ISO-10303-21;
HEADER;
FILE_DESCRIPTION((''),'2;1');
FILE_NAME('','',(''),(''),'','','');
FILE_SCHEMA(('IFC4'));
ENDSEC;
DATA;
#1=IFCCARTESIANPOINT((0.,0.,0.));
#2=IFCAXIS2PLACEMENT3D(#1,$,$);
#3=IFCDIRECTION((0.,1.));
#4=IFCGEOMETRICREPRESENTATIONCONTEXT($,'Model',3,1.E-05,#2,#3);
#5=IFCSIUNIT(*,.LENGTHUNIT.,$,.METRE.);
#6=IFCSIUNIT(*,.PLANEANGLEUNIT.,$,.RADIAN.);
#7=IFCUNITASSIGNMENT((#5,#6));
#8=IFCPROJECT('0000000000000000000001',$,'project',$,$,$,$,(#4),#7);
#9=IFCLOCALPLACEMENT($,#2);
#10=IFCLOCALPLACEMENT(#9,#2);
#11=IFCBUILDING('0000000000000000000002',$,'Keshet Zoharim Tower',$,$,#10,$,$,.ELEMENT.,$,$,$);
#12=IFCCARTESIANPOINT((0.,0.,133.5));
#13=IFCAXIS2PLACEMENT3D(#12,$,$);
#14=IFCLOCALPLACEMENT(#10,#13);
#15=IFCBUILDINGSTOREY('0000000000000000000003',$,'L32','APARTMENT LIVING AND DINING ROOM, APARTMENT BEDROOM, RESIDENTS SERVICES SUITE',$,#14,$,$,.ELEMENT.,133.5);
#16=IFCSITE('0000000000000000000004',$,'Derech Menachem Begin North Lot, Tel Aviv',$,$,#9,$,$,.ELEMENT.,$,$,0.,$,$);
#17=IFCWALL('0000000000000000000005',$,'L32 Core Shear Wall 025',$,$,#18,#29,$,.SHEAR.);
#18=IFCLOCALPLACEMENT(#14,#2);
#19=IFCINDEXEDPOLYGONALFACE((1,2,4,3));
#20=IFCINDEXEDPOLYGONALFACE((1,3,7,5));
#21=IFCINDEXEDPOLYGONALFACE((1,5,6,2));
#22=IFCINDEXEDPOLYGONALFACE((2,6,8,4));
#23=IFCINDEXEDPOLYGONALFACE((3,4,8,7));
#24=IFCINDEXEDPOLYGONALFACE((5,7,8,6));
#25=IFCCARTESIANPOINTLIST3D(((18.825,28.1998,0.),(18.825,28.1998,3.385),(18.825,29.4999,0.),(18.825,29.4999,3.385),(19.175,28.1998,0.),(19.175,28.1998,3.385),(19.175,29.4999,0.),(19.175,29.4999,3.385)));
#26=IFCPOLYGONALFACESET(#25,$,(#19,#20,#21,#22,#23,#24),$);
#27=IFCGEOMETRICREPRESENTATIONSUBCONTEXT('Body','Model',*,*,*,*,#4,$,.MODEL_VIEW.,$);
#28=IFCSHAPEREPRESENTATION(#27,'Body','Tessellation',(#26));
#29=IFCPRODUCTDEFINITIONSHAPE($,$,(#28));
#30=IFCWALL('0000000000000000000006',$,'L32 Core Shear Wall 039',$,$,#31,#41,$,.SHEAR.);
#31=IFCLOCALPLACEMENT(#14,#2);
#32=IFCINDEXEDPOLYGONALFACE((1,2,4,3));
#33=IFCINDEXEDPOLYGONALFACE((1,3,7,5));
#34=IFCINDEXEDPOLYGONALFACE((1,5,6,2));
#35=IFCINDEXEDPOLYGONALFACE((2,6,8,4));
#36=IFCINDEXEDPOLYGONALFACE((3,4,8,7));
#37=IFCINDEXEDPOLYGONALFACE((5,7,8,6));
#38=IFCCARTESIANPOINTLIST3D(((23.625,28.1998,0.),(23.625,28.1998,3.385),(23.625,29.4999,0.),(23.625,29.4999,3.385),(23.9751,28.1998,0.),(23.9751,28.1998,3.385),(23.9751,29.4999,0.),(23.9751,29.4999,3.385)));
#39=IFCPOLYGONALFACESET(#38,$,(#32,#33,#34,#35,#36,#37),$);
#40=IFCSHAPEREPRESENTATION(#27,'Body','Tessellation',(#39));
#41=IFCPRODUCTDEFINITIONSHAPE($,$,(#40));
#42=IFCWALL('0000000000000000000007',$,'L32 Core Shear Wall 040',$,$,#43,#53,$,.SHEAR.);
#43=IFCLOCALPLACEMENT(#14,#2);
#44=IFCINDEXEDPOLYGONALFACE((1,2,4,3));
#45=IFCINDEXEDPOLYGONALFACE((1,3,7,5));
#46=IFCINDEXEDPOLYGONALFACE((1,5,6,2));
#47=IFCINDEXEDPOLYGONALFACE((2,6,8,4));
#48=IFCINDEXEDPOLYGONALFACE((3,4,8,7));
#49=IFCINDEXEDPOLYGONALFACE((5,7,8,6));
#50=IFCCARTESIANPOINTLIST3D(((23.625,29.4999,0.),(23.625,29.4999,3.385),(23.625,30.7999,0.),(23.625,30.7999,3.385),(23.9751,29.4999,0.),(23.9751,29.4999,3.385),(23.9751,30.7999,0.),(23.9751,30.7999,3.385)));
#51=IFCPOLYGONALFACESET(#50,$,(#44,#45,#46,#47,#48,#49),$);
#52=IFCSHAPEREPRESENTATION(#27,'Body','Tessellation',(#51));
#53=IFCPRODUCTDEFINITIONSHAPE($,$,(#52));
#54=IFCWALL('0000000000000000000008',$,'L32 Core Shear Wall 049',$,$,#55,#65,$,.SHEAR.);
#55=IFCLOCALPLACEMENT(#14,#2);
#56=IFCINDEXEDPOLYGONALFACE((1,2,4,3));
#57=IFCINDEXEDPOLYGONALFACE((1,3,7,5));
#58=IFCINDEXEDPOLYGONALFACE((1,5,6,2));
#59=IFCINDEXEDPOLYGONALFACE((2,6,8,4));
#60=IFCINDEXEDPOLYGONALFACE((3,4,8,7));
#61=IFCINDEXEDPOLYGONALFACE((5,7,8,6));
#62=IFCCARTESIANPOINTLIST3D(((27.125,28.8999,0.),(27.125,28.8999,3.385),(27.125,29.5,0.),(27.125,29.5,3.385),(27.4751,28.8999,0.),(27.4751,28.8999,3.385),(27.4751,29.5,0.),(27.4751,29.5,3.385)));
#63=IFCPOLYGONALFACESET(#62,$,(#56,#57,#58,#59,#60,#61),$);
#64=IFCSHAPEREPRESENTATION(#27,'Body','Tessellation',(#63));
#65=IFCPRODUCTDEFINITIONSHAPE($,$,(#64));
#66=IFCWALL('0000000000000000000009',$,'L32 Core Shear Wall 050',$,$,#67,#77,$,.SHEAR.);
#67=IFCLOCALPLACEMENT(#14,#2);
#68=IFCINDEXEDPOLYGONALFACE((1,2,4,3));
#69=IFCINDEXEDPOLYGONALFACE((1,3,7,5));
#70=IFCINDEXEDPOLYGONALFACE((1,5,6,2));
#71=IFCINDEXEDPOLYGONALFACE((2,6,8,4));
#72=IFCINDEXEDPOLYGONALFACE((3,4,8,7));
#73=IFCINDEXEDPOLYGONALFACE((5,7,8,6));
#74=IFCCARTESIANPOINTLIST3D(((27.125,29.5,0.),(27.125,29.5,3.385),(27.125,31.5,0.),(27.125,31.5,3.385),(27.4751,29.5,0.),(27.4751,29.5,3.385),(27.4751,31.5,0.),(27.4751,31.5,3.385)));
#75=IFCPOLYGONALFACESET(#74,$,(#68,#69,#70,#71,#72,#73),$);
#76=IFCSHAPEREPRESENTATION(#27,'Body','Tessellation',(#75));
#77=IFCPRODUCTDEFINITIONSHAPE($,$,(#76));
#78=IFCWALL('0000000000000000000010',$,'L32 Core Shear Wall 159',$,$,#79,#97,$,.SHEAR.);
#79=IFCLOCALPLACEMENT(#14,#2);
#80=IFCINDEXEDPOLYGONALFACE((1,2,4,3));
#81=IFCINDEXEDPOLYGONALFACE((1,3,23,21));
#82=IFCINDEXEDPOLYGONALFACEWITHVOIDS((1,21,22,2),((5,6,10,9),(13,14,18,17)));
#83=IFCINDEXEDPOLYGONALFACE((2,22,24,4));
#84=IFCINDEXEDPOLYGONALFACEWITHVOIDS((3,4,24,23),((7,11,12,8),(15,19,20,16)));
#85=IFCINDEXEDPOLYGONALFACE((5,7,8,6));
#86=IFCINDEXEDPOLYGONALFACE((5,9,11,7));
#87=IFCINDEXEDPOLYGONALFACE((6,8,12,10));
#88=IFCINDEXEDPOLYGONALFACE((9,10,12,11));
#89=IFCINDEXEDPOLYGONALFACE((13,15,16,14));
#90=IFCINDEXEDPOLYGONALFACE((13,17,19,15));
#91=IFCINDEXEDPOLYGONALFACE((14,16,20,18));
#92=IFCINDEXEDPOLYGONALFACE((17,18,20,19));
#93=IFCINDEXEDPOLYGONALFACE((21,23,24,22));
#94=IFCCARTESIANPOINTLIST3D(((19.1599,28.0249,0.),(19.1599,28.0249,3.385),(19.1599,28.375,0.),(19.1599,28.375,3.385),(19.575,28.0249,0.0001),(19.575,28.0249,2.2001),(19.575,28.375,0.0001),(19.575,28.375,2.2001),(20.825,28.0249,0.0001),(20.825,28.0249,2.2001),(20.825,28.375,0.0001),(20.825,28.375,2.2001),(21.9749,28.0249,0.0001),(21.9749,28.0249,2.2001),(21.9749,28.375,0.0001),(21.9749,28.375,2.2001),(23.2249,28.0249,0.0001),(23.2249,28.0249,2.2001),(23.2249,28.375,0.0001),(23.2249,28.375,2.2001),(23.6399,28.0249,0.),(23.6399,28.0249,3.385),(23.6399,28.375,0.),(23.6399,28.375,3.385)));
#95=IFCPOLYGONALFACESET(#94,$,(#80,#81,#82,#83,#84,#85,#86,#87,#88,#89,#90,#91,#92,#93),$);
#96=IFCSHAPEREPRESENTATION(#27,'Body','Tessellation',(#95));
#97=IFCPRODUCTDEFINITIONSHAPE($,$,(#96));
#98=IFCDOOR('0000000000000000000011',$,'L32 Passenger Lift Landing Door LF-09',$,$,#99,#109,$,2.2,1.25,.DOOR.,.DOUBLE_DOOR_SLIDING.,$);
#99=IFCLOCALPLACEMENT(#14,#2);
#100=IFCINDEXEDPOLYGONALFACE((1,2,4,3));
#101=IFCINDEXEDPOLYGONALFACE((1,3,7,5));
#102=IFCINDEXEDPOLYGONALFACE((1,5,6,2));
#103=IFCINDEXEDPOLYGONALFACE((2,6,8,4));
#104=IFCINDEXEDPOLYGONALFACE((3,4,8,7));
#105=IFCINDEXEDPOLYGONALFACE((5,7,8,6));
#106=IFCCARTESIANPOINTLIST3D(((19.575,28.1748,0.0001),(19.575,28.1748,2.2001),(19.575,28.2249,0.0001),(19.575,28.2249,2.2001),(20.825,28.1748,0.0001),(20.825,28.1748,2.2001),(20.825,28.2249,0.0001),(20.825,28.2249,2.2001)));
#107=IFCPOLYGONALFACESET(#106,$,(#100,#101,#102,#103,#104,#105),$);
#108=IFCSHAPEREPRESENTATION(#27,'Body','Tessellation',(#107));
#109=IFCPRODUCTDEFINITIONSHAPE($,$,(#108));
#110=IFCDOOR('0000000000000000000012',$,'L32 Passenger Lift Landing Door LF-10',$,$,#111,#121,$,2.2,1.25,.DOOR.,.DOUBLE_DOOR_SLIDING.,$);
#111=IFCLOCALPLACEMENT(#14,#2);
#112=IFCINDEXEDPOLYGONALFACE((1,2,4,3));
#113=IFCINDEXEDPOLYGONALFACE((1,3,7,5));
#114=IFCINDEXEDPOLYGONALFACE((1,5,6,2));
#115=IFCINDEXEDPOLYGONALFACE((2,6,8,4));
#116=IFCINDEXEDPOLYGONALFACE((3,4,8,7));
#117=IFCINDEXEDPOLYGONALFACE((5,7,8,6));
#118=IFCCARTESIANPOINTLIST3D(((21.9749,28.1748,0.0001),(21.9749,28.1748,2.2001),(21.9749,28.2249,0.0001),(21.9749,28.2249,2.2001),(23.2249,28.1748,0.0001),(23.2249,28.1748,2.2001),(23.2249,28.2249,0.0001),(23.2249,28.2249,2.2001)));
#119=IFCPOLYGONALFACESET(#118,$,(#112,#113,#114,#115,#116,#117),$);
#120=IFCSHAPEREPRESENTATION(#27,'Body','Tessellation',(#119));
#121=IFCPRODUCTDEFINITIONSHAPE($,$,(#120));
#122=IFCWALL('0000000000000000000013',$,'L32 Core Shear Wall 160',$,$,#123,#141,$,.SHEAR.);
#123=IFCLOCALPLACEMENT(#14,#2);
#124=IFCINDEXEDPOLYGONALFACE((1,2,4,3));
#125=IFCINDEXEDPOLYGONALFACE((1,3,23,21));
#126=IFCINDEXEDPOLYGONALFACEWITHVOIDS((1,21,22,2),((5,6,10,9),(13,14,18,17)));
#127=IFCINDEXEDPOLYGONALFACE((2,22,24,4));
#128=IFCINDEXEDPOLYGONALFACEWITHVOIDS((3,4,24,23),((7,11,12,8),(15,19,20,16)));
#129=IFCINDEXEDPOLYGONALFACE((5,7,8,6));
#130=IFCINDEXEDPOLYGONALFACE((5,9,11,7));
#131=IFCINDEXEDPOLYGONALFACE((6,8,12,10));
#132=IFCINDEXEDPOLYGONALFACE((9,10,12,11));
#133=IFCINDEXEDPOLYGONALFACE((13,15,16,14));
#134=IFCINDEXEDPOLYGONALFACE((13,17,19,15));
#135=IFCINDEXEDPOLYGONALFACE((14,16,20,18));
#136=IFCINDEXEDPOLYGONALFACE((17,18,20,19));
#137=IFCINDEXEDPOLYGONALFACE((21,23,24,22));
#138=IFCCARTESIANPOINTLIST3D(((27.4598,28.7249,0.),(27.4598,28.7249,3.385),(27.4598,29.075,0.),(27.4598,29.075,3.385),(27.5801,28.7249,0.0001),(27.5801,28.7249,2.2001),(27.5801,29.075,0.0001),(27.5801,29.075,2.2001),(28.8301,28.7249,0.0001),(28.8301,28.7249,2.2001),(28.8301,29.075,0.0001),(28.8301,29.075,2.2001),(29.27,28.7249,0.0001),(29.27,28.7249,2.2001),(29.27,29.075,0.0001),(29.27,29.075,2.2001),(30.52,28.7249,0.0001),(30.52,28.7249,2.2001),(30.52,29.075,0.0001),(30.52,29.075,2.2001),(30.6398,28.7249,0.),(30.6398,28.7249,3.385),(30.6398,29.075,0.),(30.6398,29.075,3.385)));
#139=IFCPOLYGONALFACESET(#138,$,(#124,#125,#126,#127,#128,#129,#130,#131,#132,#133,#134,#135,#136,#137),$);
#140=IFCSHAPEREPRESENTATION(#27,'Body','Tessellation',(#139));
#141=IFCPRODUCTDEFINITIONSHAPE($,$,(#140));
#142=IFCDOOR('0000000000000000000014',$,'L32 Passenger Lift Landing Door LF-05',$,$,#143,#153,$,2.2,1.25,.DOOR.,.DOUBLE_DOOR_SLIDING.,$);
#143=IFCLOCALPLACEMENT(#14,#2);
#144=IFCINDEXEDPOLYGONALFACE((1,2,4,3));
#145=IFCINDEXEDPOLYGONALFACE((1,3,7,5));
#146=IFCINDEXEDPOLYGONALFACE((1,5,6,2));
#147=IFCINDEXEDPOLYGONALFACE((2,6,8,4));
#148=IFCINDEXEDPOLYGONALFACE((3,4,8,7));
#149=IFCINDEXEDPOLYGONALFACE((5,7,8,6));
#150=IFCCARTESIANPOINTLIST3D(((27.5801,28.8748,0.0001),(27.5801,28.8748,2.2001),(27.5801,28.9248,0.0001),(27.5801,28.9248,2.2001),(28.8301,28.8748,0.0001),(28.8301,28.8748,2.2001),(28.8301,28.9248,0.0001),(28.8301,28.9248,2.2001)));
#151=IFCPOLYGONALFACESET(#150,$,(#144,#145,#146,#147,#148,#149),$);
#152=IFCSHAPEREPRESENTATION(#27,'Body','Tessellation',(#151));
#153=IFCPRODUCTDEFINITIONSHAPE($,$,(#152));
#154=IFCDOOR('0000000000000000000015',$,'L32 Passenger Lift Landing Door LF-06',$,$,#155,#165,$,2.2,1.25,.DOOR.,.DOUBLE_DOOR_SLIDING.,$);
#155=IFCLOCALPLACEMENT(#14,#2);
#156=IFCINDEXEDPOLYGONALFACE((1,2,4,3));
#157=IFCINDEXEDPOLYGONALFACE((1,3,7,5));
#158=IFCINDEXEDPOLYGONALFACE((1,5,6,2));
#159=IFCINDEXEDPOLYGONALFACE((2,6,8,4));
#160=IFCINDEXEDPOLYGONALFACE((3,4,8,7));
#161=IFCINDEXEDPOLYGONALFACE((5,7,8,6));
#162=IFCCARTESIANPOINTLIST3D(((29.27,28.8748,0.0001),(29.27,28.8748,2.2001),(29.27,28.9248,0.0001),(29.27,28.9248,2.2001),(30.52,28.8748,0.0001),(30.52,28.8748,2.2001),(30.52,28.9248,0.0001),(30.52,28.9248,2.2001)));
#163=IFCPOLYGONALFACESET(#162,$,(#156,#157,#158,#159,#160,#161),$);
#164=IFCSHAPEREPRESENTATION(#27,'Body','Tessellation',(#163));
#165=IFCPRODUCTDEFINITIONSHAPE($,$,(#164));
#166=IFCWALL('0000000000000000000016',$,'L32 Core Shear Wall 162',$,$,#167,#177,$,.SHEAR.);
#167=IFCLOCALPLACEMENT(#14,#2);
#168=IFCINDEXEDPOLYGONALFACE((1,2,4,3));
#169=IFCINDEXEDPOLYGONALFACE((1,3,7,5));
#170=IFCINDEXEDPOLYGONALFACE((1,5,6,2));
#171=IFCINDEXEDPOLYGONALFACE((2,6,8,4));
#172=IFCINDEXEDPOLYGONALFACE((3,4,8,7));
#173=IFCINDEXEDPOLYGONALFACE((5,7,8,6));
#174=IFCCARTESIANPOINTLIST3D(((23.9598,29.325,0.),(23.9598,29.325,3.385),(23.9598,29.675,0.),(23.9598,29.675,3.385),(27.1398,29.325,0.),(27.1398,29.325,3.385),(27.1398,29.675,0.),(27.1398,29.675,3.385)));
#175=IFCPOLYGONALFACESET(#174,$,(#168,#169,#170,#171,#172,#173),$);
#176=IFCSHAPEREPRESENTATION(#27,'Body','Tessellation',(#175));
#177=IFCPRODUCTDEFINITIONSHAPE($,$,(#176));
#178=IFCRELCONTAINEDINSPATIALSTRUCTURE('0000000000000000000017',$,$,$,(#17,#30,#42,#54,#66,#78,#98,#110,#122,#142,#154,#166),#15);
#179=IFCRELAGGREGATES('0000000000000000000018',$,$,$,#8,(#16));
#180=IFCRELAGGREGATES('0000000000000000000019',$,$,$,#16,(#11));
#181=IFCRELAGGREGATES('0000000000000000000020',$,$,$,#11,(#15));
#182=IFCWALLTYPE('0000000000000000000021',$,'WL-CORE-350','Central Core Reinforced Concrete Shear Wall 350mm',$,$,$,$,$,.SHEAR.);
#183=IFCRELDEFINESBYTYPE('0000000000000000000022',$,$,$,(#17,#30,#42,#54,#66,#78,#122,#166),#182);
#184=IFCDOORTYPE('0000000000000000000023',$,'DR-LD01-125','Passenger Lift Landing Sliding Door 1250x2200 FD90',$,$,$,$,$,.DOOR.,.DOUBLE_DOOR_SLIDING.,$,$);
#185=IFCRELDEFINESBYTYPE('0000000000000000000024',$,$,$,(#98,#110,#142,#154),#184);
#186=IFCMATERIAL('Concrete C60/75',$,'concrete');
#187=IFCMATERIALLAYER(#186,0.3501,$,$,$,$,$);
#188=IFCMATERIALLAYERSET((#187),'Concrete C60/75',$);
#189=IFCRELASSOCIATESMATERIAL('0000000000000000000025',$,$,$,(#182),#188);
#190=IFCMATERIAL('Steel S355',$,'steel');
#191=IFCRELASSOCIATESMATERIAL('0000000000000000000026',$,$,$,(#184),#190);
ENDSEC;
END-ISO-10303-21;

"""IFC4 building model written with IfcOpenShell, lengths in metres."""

from ifc_helpers import new_model, si_unit, direction, frame, frame_2d, origin, place, context, subcontext, project, spatial, rectangle, extrude, material, layer, layer_set, type_object, element, fill, save


model = new_model("IFC4")

# Units and contexts
model_context = context("Model", 3, precision=1e-05, world=origin(), true_north=direction((0.0, 1.0)))
body_context = subcontext(model_context, "Body", "Model", "MODEL_VIEW")
ifc_project = project(units=[si_unit("LENGTHUNIT", "METRE"), si_unit("PLANEANGLEUNIT", "RADIAN")], contexts=[model_context])

# Site, building, storey
site_placement = place(None, origin())
site = spatial("IfcSite", under=ifc_project, at=site_placement, Name="Derech Menachem Begin North Lot, Tel Aviv", CompositionType="ELEMENT", RefElevation=0.0)
building_placement = place(site_placement, origin())
building = spatial("IfcBuilding", under=site, at=building_placement, Name="Keshet Zoharim Tower", CompositionType="ELEMENT")
storey_placement = place(building_placement, frame((0.0, 0.0, 133.5)))
storey = spatial("IfcBuildingStorey", under=building, at=storey_placement, Name="L32", Description="APARTMENT LIVING AND DINING ROOM, APARTMENT BEDROOM, RESIDENTS SERVICES SUITE", CompositionType="ELEMENT", Elevation=133.5)

# Wall
ifc_material_1 = material(Name="Concrete C60/75", Category="concrete")
ifc_layer_1 = layer(ifc_material_1, 0.3501)
ifc_layer_set_1 = layer_set([ifc_layer_1], Name="Concrete C60/75")
wall_type_1 = type_object("IfcWallType", Name="WL-CORE-350", Description="Central Core Reinforced Concrete Shear Wall 350mm", PredefinedType="SHEAR", material=ifc_layer_set_1)
wall_1_placement = place(storey_placement, frame((19.0, 28.2, 0.0), z_axis=(0.0, 0.0, 1.0), x_axis=(0.0, 1.0, 0.0)))
element("IfcWall", 1, at=wall_1_placement, inside=storey, type_object=wall_type_1, Name="L32 Core Shear Wall 025", PredefinedType="SHEAR", context=body_context, shape_type="SweptSolid", body=[
    extrude(rectangle(XDim=1.3, YDim=0.3501, at=frame_2d((0.6499, 0.0))), origin(), (0.0, 0.0, 1.0), 3.385),
])

# Walls
for number, where, z_axis, x_axis, name in (
    (2, (23.8, 28.2, 0.0), (0.0, 0.0, 1.0), (0.0, 1.0, 0.0), "L32 Core Shear Wall 039"),
    (3, (23.8, 29.5, 0.0), (0.0, 0.0, 1.0), (0.0, 1.0, 0.0), "L32 Core Shear Wall 040"),
):
    element("IfcWall", number, at=place(storey_placement, frame(where, z_axis=z_axis, x_axis=x_axis)), inside=storey, type_object=wall_type_1, Name=name, PredefinedType="SHEAR", context=body_context, shape_type="SweptSolid", body=[
        extrude(rectangle(XDim=1.3, YDim=0.3501, at=frame_2d((0.6499, 0.0))), origin(), (0.0, 0.0, 1.0), 3.385),
    ])
wall_2_placement = place(storey_placement, frame((27.3, 28.8999, 0.0), z_axis=(0.0, 0.0, 1.0), x_axis=(0.0, 1.0, 0.0)))
element("IfcWall", 4, at=wall_2_placement, inside=storey, type_object=wall_type_1, Name="L32 Core Shear Wall 049", PredefinedType="SHEAR", context=body_context, shape_type="SweptSolid", body=[
    extrude(rectangle(XDim=0.6001, YDim=0.3501, at=frame_2d((0.3, 0.0))), origin(), (0.0, 0.0, 1.0), 3.385),
])
wall_3_placement = place(storey_placement, frame((27.3, 29.5, 0.0), z_axis=(0.0, 0.0, 1.0), x_axis=(0.0, 1.0, 0.0)))
element("IfcWall", 5, at=wall_3_placement, inside=storey, type_object=wall_type_1, Name="L32 Core Shear Wall 050", PredefinedType="SHEAR", context=body_context, shape_type="SweptSolid", body=[
    extrude(rectangle(XDim=2.0, YDim=0.3501, at=frame_2d((1.0, 0.0))), origin(), (0.0, 0.0, 1.0), 3.385),
])

# Walls, openings, doors
wall_4_placement = place(storey_placement, frame((19.1599, 28.2, 0.0), z_axis=(0.0, 0.0, 1.0), x_axis=(1.0, 0.0, 0.0)))
wall_4 = element("IfcWall", 6, at=wall_4_placement, inside=storey, type_object=wall_type_1, Name="L32 Core Shear Wall 159", PredefinedType="SHEAR", context=body_context, shape_type="SweptSolid", body=[
    extrude(rectangle(XDim=4.48, YDim=0.3501, at=frame_2d((2.24, 0.0))), origin(), (0.0, 0.0, 1.0), 3.385),
])
opening_1_placement = place(wall_4_placement, frame((0.415, 0.0, 0.0)))
opening_1 = element("IfcOpeningElement", 7, at=opening_1_placement, cuts=wall_4, PredefinedType="OPENING", context=body_context, shape_type="SweptSolid", body=[
    extrude(rectangle(XDim=1.25, YDim=2.2, at=frame_2d((0.625, 1.1001))), frame((0.0, 0.1851, 0.0), z_axis=(0.0, -1.0, 0.0), x_axis=(1.0, 0.0, 0.0)), (0.0, 0.0, 1.0), 0.3701),
])
opening_2_placement = place(wall_4_placement, frame((2.8149, 0.0, 0.0)))
opening_2 = element("IfcOpeningElement", 8, at=opening_2_placement, cuts=wall_4, PredefinedType="OPENING", context=body_context, shape_type="SweptSolid", body=[
    extrude(rectangle(XDim=1.25, YDim=2.2, at=frame_2d((0.625, 1.1001))), frame((0.0, 0.1851, 0.0), z_axis=(0.0, -1.0, 0.0), x_axis=(1.0, 0.0, 0.0)), (0.0, 0.0, 1.0), 0.3701),
])
ifc_material_2 = material(Name="Steel S355", Category="steel")
door_type_1 = type_object("IfcDoorType", Name="DR-LD01-125", Description="Passenger Lift Landing Sliding Door 1250x2200 FD90", OperationType="DOUBLE_DOOR_SLIDING", PredefinedType="DOOR", material=ifc_material_2)
door_1_placement = place(opening_1_placement, origin())
door_1 = element("IfcDoor", 9, at=door_1_placement, inside=storey, type_object=door_type_1, Name="L32 Passenger Lift Landing Door LF-09", OperationType="DOUBLE_DOOR_SLIDING", OverallHeight=2.2, OverallWidth=1.25, PredefinedType="DOOR", context=body_context, shape_type="SweptSolid", body=[
    extrude(rectangle(XDim=1.25, YDim=2.2, at=frame_2d((0.625, 1.1001))), frame((0.0, 0.0249, 0.0), z_axis=(0.0, -1.0, 0.0), x_axis=(1.0, 0.0, 0.0)), (0.0, 0.0, 1.0), 0.05),
])
fill(opening_1, door_1)
door_2_placement = place(opening_2_placement, origin())
door_2 = element("IfcDoor", 10, at=door_2_placement, inside=storey, type_object=door_type_1, Name="L32 Passenger Lift Landing Door LF-10", OperationType="DOUBLE_DOOR_SLIDING", OverallHeight=2.2, OverallWidth=1.25, PredefinedType="DOOR", context=body_context, shape_type="SweptSolid", body=[
    extrude(rectangle(XDim=1.25, YDim=2.2, at=frame_2d((0.625, 1.1001))), frame((0.0, 0.0249, 0.0), z_axis=(0.0, -1.0, 0.0), x_axis=(1.0, 0.0, 0.0)), (0.0, 0.0, 1.0), 0.05),
])
fill(opening_2, door_2)
wall_5_placement = place(storey_placement, frame((27.46, 28.8999, 0.0), z_axis=(0.0, 0.0, 1.0), x_axis=(1.0, 0.0, 0.0)))
wall_5 = element("IfcWall", 11, at=wall_5_placement, inside=storey, type_object=wall_type_1, Name="L32 Core Shear Wall 160", PredefinedType="SHEAR", context=body_context, shape_type="SweptSolid", body=[
    extrude(rectangle(XDim=3.1799, YDim=0.3501, at=frame_2d((1.5898, 0.0))), origin(), (0.0, 0.0, 1.0), 3.385),
])
opening_3_placement = place(wall_5_placement, frame((0.1201, 0.0, 0.0)))
opening_3 = element("IfcOpeningElement", 12, at=opening_3_placement, cuts=wall_5, PredefinedType="OPENING", context=body_context, shape_type="SweptSolid", body=[
    extrude(rectangle(XDim=1.25, YDim=2.2, at=frame_2d((0.625, 1.1001))), frame((0.0, 0.1851, 0.0), z_axis=(0.0, -1.0, 0.0), x_axis=(1.0, 0.0, 0.0)), (0.0, 0.0, 1.0), 0.3701),
])
opening_4_placement = place(wall_5_placement, frame((1.8101, 0.0, 0.0)))
opening_4 = element("IfcOpeningElement", 13, at=opening_4_placement, cuts=wall_5, PredefinedType="OPENING", context=body_context, shape_type="SweptSolid", body=[
    extrude(rectangle(XDim=1.25, YDim=2.2, at=frame_2d((0.625, 1.1001))), frame((0.0, 0.1851, 0.0), z_axis=(0.0, -1.0, 0.0), x_axis=(1.0, 0.0, 0.0)), (0.0, 0.0, 1.0), 0.3701),
])
door_3_placement = place(opening_3_placement, origin())
door_3 = element("IfcDoor", 14, at=door_3_placement, inside=storey, type_object=door_type_1, Name="L32 Passenger Lift Landing Door LF-05", OperationType="DOUBLE_DOOR_SLIDING", OverallHeight=2.2, OverallWidth=1.25, PredefinedType="DOOR", context=body_context, shape_type="SweptSolid", body=[
    extrude(rectangle(XDim=1.25, YDim=2.2, at=frame_2d((0.625, 1.1001))), frame((0.0, 0.0249, 0.0), z_axis=(0.0, -1.0, 0.0), x_axis=(1.0, 0.0, 0.0)), (0.0, 0.0, 1.0), 0.05),
])
fill(opening_3, door_3)
door_4_placement = place(opening_4_placement, origin())
door_4 = element("IfcDoor", 15, at=door_4_placement, inside=storey, type_object=door_type_1, Name="L32 Passenger Lift Landing Door LF-06", OperationType="DOUBLE_DOOR_SLIDING", OverallHeight=2.2, OverallWidth=1.25, PredefinedType="DOOR", context=body_context, shape_type="SweptSolid", body=[
    extrude(rectangle(XDim=1.25, YDim=2.2, at=frame_2d((0.625, 1.1001))), frame((0.0, 0.0249, 0.0), z_axis=(0.0, -1.0, 0.0), x_axis=(1.0, 0.0, 0.0)), (0.0, 0.0, 1.0), 0.05),
])
fill(opening_4, door_4)

# Wall
wall_6_placement = place(storey_placement, frame((23.96, 29.5, 0.0), z_axis=(0.0, 0.0, 1.0), x_axis=(1.0, 0.0, 0.0)))
element("IfcWall", 16, at=wall_6_placement, inside=storey, type_object=wall_type_1, Name="L32 Core Shear Wall 162", PredefinedType="SHEAR", context=body_context, shape_type="SweptSolid", body=[
    extrude(rectangle(XDim=3.1799, YDim=0.3501, at=frame_2d((1.5898, 0.0))), origin(), (0.0, 0.0, 1.0), 3.385),
])

save(model, "model.ifc")
